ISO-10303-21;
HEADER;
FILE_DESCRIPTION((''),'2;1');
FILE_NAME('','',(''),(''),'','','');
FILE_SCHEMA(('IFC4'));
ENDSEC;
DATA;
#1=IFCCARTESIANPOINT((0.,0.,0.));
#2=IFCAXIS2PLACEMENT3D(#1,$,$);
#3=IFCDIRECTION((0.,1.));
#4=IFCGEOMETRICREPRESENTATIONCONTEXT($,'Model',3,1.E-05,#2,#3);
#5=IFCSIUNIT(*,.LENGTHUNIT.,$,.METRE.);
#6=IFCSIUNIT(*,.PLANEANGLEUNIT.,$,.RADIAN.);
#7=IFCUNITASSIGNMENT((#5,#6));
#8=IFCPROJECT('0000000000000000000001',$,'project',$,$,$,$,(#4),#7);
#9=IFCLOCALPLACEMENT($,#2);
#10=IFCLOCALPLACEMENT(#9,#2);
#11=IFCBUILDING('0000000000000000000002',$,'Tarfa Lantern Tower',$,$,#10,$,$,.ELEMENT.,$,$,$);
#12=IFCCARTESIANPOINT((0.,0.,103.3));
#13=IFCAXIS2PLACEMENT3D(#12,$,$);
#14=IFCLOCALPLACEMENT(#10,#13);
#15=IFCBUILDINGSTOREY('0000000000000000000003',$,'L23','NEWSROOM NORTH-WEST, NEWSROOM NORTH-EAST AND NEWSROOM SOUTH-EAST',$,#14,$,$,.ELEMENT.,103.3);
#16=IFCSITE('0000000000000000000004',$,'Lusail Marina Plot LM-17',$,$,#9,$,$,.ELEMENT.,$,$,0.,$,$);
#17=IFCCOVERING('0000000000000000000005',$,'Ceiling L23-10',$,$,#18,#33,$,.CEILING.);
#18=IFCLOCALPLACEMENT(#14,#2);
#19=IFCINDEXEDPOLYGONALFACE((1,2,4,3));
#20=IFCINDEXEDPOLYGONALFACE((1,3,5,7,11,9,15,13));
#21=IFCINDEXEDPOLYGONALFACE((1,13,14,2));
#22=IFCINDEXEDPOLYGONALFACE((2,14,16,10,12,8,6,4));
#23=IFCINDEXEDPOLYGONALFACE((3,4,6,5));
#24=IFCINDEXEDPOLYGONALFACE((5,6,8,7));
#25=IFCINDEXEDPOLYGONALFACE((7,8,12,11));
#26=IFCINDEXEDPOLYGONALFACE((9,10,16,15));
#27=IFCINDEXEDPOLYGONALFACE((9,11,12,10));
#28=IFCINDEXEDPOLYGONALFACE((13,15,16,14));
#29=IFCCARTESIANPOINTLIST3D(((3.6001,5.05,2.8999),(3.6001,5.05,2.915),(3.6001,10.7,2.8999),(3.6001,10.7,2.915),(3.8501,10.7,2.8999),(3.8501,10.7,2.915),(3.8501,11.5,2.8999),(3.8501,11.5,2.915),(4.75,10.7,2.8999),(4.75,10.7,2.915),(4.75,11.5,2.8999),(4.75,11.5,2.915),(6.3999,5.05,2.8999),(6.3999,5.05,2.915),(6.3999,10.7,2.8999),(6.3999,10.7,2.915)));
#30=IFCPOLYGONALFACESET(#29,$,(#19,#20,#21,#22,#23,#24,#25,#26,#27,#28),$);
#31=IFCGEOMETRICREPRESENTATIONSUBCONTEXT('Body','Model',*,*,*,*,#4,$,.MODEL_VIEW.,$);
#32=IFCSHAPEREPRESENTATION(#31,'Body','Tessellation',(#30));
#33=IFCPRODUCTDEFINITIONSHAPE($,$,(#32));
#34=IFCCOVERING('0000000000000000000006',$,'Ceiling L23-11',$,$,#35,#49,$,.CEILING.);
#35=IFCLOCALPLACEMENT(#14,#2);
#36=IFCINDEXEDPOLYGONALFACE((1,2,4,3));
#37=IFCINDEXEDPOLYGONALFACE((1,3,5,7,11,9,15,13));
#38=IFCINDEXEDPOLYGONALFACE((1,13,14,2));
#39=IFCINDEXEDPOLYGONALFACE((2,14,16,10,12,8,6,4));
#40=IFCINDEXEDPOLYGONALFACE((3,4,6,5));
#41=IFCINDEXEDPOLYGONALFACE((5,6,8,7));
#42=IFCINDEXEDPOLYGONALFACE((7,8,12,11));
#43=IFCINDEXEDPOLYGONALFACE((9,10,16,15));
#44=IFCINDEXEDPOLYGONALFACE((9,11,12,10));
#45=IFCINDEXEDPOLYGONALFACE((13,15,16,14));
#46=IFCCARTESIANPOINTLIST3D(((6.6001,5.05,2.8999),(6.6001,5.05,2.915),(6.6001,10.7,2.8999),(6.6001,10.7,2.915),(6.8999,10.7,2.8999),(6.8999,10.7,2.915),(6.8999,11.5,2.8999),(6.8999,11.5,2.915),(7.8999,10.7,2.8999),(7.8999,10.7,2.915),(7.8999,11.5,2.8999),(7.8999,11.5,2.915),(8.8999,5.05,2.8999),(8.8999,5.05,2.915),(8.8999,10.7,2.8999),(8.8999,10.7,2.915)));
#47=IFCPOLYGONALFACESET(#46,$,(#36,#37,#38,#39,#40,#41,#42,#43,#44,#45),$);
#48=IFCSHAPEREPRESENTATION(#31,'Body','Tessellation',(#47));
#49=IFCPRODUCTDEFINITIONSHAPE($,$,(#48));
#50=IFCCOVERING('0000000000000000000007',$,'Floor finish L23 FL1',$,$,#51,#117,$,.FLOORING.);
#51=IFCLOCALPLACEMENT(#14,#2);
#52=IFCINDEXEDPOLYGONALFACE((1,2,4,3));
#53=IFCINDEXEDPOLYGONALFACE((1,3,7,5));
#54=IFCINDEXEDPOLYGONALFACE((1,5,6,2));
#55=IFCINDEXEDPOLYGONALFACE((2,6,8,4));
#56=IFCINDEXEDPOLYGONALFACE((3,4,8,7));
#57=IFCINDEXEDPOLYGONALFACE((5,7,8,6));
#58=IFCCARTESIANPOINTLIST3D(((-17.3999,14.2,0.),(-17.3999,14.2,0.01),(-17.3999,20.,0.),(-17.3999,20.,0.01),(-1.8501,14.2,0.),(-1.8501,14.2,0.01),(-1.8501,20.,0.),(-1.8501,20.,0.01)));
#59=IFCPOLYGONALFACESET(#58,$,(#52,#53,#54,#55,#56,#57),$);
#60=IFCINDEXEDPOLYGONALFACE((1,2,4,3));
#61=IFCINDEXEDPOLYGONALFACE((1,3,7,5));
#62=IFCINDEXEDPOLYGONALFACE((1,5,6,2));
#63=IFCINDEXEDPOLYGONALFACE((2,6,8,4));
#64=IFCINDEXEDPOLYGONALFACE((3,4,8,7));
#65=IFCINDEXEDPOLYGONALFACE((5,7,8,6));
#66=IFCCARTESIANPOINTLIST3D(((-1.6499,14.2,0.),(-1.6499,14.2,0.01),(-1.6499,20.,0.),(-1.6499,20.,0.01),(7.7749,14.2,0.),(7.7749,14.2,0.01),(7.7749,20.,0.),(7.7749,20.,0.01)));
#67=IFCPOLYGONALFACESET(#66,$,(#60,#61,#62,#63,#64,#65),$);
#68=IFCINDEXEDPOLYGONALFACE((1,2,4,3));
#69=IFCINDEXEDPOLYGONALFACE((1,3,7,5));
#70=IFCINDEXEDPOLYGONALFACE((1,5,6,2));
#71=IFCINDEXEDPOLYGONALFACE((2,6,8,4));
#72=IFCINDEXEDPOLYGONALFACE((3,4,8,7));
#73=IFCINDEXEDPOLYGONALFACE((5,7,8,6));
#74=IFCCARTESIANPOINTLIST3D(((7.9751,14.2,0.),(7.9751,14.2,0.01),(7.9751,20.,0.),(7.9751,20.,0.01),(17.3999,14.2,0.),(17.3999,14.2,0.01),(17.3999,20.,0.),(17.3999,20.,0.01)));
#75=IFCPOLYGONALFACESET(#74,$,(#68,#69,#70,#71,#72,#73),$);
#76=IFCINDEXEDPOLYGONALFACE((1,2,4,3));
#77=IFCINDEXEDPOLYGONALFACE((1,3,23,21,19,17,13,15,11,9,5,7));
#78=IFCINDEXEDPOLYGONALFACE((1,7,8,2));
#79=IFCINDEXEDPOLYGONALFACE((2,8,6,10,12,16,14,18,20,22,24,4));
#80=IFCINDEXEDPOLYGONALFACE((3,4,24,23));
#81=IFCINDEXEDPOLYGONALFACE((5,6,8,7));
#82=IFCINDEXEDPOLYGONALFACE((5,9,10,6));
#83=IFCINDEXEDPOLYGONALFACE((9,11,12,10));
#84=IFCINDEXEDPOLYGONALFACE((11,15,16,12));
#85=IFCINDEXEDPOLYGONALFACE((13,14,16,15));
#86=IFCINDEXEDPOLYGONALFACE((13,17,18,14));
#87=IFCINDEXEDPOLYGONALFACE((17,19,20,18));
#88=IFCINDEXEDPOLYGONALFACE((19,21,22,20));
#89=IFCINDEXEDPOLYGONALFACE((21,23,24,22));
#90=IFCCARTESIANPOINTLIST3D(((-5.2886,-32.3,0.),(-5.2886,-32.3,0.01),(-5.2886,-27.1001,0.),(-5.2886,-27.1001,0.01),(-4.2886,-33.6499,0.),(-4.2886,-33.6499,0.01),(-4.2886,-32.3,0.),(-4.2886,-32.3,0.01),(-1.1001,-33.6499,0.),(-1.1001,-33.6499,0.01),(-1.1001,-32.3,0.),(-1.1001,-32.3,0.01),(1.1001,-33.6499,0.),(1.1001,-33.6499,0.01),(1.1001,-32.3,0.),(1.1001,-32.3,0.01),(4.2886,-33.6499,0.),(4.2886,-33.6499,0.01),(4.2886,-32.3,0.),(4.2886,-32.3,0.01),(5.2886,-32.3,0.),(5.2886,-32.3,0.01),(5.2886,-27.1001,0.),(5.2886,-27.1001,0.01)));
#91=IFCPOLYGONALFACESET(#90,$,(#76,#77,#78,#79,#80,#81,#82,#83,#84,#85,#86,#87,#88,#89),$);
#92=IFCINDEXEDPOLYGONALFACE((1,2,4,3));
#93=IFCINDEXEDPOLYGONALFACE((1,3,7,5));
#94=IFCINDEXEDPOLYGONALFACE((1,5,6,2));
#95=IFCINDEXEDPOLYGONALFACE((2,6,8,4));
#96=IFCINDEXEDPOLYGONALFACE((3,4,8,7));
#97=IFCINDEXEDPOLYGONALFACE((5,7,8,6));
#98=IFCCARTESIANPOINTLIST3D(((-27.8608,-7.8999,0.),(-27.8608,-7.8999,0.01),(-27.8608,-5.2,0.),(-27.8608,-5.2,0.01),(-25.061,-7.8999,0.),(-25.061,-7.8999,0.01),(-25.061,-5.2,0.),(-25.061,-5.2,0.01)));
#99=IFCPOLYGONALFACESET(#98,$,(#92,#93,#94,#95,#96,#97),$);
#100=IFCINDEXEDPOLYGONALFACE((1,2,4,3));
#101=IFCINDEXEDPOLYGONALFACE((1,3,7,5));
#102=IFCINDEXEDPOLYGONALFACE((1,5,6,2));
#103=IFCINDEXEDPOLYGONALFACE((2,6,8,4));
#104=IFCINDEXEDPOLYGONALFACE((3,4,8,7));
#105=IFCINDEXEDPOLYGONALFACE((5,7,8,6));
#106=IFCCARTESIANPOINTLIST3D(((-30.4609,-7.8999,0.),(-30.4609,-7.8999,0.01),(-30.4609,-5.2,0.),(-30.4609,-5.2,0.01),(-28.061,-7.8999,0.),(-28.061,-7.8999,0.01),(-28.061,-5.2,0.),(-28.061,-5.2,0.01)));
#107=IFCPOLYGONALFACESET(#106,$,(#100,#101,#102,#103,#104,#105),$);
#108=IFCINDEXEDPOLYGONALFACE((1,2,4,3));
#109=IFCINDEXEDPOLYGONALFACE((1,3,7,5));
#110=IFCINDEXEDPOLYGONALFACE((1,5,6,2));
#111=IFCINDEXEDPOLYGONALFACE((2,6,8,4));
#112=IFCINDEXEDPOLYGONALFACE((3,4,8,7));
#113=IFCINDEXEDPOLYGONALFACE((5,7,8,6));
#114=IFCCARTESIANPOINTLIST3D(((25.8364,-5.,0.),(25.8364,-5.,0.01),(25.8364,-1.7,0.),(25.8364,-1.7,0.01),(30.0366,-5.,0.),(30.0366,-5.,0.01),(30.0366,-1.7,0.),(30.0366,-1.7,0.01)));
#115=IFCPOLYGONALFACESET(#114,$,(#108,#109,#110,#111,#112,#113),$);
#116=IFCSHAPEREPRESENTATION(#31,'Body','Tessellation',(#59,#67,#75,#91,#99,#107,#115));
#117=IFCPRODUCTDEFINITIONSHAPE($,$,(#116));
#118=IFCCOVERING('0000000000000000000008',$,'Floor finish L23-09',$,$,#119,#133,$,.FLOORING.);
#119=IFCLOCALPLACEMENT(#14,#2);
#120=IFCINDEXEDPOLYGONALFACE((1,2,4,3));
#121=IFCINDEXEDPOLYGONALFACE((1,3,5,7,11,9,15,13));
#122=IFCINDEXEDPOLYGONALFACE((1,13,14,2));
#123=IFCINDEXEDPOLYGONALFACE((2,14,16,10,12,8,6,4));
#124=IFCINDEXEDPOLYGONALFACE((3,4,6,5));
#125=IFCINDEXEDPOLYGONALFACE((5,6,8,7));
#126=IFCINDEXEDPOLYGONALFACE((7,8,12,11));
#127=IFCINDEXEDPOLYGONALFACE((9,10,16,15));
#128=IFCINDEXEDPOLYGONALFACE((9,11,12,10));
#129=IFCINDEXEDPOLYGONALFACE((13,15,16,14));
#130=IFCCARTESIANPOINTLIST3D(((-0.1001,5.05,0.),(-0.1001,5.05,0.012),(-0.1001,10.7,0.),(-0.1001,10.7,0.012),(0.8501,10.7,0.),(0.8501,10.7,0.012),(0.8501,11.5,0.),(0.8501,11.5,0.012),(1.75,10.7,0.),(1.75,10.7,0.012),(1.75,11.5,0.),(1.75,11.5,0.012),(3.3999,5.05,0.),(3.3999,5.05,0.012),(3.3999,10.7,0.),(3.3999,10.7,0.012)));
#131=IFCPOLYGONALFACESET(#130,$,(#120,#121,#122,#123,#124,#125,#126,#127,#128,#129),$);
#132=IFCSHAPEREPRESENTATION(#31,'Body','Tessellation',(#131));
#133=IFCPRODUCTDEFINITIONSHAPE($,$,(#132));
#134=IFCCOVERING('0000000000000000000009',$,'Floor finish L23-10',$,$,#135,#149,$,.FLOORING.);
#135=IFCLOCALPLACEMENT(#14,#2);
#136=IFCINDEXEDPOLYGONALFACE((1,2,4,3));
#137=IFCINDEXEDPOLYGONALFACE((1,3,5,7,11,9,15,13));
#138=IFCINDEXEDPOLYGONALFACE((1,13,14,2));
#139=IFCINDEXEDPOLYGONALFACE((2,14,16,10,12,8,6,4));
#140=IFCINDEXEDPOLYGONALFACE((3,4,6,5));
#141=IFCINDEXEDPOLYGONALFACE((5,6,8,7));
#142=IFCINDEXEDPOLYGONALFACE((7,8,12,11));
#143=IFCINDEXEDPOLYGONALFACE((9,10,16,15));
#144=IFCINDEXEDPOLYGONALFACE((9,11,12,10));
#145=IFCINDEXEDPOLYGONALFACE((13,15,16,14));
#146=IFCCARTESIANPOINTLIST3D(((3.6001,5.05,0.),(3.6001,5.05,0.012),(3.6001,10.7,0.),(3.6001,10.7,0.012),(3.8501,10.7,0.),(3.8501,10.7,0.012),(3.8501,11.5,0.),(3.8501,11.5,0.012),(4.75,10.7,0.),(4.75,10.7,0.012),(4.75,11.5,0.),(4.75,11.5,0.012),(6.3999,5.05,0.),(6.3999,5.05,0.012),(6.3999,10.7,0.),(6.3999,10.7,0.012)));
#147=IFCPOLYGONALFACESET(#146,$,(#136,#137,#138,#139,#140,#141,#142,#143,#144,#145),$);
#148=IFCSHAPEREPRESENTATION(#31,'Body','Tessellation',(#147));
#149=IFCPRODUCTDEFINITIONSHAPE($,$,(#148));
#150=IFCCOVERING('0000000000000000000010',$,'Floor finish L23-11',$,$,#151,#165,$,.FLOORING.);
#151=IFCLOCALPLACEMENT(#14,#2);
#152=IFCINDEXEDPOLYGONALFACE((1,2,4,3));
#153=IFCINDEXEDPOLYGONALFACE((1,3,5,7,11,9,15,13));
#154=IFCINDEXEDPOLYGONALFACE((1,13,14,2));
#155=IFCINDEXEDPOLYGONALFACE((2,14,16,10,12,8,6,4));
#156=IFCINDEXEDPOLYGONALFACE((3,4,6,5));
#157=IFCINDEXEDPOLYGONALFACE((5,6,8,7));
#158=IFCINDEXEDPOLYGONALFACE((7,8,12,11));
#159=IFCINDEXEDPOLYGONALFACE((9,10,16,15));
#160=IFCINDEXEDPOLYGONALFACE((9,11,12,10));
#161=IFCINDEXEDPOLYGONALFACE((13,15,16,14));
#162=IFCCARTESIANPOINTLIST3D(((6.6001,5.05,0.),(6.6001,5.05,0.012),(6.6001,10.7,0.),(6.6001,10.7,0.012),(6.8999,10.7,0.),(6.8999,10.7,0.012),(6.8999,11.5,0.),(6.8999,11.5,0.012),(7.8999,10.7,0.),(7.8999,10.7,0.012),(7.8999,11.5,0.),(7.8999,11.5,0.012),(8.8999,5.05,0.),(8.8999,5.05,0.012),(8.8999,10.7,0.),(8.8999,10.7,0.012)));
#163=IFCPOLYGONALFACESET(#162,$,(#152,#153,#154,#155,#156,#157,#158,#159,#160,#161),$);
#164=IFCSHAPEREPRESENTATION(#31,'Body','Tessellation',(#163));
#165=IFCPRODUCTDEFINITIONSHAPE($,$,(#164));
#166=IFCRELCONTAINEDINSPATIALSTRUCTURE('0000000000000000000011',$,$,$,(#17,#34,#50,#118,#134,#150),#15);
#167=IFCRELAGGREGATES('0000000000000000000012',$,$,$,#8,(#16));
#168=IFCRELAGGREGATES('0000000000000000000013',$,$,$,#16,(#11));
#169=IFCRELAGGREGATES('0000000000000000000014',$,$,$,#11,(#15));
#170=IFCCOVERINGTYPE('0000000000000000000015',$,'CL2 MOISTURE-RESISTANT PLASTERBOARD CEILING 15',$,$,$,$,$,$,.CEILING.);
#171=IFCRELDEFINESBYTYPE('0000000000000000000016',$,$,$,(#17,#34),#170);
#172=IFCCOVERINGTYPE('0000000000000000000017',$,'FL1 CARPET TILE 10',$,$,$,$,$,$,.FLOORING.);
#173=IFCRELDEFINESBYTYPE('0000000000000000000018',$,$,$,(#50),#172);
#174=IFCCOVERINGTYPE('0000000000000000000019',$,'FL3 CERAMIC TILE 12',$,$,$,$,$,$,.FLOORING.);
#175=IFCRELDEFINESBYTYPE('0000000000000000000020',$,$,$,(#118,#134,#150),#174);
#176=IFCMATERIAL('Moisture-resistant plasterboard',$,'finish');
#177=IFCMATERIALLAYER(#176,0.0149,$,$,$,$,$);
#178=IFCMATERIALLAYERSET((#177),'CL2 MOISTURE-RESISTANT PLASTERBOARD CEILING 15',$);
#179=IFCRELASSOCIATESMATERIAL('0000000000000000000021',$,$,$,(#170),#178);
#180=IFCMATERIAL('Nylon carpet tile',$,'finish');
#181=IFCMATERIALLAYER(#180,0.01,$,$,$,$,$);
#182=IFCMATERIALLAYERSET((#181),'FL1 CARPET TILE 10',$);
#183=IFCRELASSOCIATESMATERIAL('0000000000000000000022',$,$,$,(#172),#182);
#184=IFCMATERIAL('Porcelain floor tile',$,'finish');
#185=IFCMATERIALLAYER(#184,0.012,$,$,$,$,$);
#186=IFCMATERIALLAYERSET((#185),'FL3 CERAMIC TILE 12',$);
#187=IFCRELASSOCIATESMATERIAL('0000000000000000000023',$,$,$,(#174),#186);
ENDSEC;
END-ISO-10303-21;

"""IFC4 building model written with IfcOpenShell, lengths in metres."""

from ifc_helpers import new_model, si_unit, direction, frame, origin, place, context, subcontext, project, spatial, polyline, outline, extrude, material, layer, layer_set, type_object, element, save


model = new_model("IFC4")

# Units and contexts
model_context = context("Model", 3, precision=1e-05, world=origin(), true_north=direction((0.0, 1.0)))
body_context = subcontext(model_context, "Body", "Model", "MODEL_VIEW")
ifc_project = project(units=[si_unit("LENGTHUNIT", "METRE"), si_unit("PLANEANGLEUNIT", "RADIAN")], contexts=[model_context])

# Site, building, storey
site_placement = place(None, origin())
site = spatial("IfcSite", under=ifc_project, at=site_placement, Name="Lusail Marina Plot LM-17", CompositionType="ELEMENT", RefElevation=0.0)
building_placement = place(site_placement, origin())
building = spatial("IfcBuilding", under=site, at=building_placement, Name="Tarfa Lantern Tower", CompositionType="ELEMENT")
storey_placement = place(building_placement, frame((0.0, 0.0, 103.3)))
storey = spatial("IfcBuildingStorey", under=building, at=storey_placement, Name="L23", Description="NEWSROOM NORTH-WEST, NEWSROOM NORTH-EAST AND NEWSROOM SOUTH-EAST", CompositionType="ELEMENT", Elevation=103.3)

# Coverings
ifc_material_1 = material(Name="Moisture-resistant plasterboard", Category="finish")
ifc_layer_1 = layer(ifc_material_1, 0.0149)
ifc_layer_set_1 = layer_set([ifc_layer_1], Name="CL2 MOISTURE-RESISTANT PLASTERBOARD CEILING 15")
covering_type_1 = type_object("IfcCoveringType", Name="CL2 MOISTURE-RESISTANT PLASTERBOARD CEILING 15", PredefinedType="CEILING", material=ifc_layer_set_1)
covering_1_placement = place(storey_placement, frame((0.0, 0.0, 2.8999)))
element("IfcCovering", 1, at=covering_1_placement, inside=storey, type_object=covering_type_1, Name="Ceiling L23-10", PredefinedType="CEILING", context=body_context, shape_type="SweptSolid", body=[
    extrude(outline(polyline([(3.6001, 5.05), (6.3999, 5.05), (6.3999, 10.7), (4.75, 10.7), (4.75, 11.5), (3.8501, 11.5), (3.8501, 10.7), (3.6001, 10.7), (3.6001, 5.05)])), origin(), (0.0, 0.0, 1.0), 0.0151),
])
covering_2_placement = place(storey_placement, frame((0.0, 0.0, 2.8999)))
element("IfcCovering", 2, at=covering_2_placement, inside=storey, type_object=covering_type_1, Name="Ceiling L23-11", PredefinedType="CEILING", context=body_context, shape_type="SweptSolid", body=[
    extrude(outline(polyline([(6.6001, 5.05), (8.8999, 5.05), (8.8999, 10.7), (7.8999, 10.7), (7.8999, 11.5), (6.8999, 11.5), (6.8999, 10.7), (6.6001, 10.7), (6.6001, 5.05)])), origin(), (0.0, 0.0, 1.0), 0.0151),
])
ifc_material_2 = material(Name="Nylon carpet tile", Category="finish")
ifc_layer_2 = layer(ifc_material_2, 0.01)
ifc_layer_set_2 = layer_set([ifc_layer_2], Name="FL1 CARPET TILE 10")
covering_type_2 = type_object("IfcCoveringType", Name="FL1 CARPET TILE 10", PredefinedType="FLOORING", material=ifc_layer_set_2)
covering_3_placement = place(storey_placement, origin())
element("IfcCovering", 3, at=covering_3_placement, inside=storey, type_object=covering_type_2, Name="Floor finish L23 FL1", PredefinedType="FLOORING", context=body_context, shape_type="SweptSolid", body=[
    extrude(outline(polyline([(-17.3999, 20.0), (-1.8501, 20.0), (-1.8501, 14.2), (-17.3999, 14.2), (-17.3999, 20.0)])), origin(), (0.0, 0.0, 1.0), 0.01),
    extrude(outline(polyline([(-1.6499, 20.0), (7.7749, 20.0), (7.7749, 14.2), (-1.6499, 14.2), (-1.6499, 20.0)])), origin(), (0.0, 0.0, 1.0), 0.01),
    extrude(outline(polyline([(7.9751, 20.0), (17.3999, 20.0), (17.3999, 14.2), (7.9751, 14.2), (7.9751, 20.0)])), origin(), (0.0, 0.0, 1.0), 0.01),
    extrude(outline(polyline([(-5.2886, -27.1001), (5.2886, -27.1001), (5.2886, -32.3), (4.2886, -32.3), (4.2886, -33.6499), (1.1001, -33.6499), (1.1001, -32.3), (-1.1001, -32.3), (-1.1001, -33.6499), (-4.2886, -33.6499), (-4.2886, -32.3), (-5.2886, -32.3), (-5.2886, -27.1001)])), origin(), (0.0, 0.0, 1.0), 0.01),
    extrude(outline(polyline([(-27.8608, -5.2), (-25.061, -5.2), (-25.061, -7.8999), (-27.8608, -7.8999), (-27.8608, -5.2)])), origin(), (0.0, 0.0, 1.0), 0.01),
    extrude(outline(polyline([(-30.4609, -5.2), (-28.061, -5.2), (-28.061, -7.8999), (-30.4609, -7.8999), (-30.4609, -5.2)])), origin(), (0.0, 0.0, 1.0), 0.01),
    extrude(outline(polyline([(30.0366, -5.0), (25.8364, -5.0), (25.8364, -1.7), (30.0366, -1.7), (30.0366, -5.0)])), origin(), (0.0, 0.0, 1.0), 0.01),
])
ifc_material_3 = material(Name="Porcelain floor tile", Category="finish")
ifc_layer_3 = layer(ifc_material_3, 0.012)
ifc_layer_set_3 = layer_set([ifc_layer_3], Name="FL3 CERAMIC TILE 12")
covering_type_3 = type_object("IfcCoveringType", Name="FL3 CERAMIC TILE 12", PredefinedType="FLOORING", material=ifc_layer_set_3)
covering_4_placement = place(storey_placement, origin())
element("IfcCovering", 4, at=covering_4_placement, inside=storey, type_object=covering_type_3, Name="Floor finish L23-09", PredefinedType="FLOORING", context=body_context, shape_type="SweptSolid", body=[
    extrude(outline(polyline([(0.8501, 10.7), (-0.1001, 10.7), (-0.1001, 5.05), (3.3999, 5.05), (3.3999, 10.7), (1.75, 10.7), (1.75, 11.5), (0.8501, 11.5), (0.8501, 11.5), (0.8501, 10.7)])), origin(), (0.0, 0.0, 1.0), 0.012),
])
covering_5_placement = place(storey_placement, origin())
element("IfcCovering", 5, at=covering_5_placement, inside=storey, type_object=covering_type_3, Name="Floor finish L23-10", PredefinedType="FLOORING", context=body_context, shape_type="SweptSolid", body=[
    extrude(outline(polyline([(3.6001, 5.05), (6.3999, 5.05), (6.3999, 10.7), (4.75, 10.7), (4.75, 11.5), (3.8501, 11.5), (3.8501, 10.7), (3.6001, 10.7), (3.6001, 5.05)])), origin(), (0.0, 0.0, 1.0), 0.012),
])
covering_6_placement = place(storey_placement, origin())
element("IfcCovering", 6, at=covering_6_placement, inside=storey, type_object=covering_type_3, Name="Floor finish L23-11", PredefinedType="FLOORING", context=body_context, shape_type="SweptSolid", body=[
    extrude(outline(polyline([(6.6001, 5.05), (8.8999, 5.05), (8.8999, 10.7), (7.8999, 10.7), (7.8999, 11.5), (6.8999, 11.5), (6.8999, 10.7), (6.6001, 10.7), (6.6001, 5.05)])), origin(), (0.0, 0.0, 1.0), 0.012),
])

save(model, "model.ifc")
